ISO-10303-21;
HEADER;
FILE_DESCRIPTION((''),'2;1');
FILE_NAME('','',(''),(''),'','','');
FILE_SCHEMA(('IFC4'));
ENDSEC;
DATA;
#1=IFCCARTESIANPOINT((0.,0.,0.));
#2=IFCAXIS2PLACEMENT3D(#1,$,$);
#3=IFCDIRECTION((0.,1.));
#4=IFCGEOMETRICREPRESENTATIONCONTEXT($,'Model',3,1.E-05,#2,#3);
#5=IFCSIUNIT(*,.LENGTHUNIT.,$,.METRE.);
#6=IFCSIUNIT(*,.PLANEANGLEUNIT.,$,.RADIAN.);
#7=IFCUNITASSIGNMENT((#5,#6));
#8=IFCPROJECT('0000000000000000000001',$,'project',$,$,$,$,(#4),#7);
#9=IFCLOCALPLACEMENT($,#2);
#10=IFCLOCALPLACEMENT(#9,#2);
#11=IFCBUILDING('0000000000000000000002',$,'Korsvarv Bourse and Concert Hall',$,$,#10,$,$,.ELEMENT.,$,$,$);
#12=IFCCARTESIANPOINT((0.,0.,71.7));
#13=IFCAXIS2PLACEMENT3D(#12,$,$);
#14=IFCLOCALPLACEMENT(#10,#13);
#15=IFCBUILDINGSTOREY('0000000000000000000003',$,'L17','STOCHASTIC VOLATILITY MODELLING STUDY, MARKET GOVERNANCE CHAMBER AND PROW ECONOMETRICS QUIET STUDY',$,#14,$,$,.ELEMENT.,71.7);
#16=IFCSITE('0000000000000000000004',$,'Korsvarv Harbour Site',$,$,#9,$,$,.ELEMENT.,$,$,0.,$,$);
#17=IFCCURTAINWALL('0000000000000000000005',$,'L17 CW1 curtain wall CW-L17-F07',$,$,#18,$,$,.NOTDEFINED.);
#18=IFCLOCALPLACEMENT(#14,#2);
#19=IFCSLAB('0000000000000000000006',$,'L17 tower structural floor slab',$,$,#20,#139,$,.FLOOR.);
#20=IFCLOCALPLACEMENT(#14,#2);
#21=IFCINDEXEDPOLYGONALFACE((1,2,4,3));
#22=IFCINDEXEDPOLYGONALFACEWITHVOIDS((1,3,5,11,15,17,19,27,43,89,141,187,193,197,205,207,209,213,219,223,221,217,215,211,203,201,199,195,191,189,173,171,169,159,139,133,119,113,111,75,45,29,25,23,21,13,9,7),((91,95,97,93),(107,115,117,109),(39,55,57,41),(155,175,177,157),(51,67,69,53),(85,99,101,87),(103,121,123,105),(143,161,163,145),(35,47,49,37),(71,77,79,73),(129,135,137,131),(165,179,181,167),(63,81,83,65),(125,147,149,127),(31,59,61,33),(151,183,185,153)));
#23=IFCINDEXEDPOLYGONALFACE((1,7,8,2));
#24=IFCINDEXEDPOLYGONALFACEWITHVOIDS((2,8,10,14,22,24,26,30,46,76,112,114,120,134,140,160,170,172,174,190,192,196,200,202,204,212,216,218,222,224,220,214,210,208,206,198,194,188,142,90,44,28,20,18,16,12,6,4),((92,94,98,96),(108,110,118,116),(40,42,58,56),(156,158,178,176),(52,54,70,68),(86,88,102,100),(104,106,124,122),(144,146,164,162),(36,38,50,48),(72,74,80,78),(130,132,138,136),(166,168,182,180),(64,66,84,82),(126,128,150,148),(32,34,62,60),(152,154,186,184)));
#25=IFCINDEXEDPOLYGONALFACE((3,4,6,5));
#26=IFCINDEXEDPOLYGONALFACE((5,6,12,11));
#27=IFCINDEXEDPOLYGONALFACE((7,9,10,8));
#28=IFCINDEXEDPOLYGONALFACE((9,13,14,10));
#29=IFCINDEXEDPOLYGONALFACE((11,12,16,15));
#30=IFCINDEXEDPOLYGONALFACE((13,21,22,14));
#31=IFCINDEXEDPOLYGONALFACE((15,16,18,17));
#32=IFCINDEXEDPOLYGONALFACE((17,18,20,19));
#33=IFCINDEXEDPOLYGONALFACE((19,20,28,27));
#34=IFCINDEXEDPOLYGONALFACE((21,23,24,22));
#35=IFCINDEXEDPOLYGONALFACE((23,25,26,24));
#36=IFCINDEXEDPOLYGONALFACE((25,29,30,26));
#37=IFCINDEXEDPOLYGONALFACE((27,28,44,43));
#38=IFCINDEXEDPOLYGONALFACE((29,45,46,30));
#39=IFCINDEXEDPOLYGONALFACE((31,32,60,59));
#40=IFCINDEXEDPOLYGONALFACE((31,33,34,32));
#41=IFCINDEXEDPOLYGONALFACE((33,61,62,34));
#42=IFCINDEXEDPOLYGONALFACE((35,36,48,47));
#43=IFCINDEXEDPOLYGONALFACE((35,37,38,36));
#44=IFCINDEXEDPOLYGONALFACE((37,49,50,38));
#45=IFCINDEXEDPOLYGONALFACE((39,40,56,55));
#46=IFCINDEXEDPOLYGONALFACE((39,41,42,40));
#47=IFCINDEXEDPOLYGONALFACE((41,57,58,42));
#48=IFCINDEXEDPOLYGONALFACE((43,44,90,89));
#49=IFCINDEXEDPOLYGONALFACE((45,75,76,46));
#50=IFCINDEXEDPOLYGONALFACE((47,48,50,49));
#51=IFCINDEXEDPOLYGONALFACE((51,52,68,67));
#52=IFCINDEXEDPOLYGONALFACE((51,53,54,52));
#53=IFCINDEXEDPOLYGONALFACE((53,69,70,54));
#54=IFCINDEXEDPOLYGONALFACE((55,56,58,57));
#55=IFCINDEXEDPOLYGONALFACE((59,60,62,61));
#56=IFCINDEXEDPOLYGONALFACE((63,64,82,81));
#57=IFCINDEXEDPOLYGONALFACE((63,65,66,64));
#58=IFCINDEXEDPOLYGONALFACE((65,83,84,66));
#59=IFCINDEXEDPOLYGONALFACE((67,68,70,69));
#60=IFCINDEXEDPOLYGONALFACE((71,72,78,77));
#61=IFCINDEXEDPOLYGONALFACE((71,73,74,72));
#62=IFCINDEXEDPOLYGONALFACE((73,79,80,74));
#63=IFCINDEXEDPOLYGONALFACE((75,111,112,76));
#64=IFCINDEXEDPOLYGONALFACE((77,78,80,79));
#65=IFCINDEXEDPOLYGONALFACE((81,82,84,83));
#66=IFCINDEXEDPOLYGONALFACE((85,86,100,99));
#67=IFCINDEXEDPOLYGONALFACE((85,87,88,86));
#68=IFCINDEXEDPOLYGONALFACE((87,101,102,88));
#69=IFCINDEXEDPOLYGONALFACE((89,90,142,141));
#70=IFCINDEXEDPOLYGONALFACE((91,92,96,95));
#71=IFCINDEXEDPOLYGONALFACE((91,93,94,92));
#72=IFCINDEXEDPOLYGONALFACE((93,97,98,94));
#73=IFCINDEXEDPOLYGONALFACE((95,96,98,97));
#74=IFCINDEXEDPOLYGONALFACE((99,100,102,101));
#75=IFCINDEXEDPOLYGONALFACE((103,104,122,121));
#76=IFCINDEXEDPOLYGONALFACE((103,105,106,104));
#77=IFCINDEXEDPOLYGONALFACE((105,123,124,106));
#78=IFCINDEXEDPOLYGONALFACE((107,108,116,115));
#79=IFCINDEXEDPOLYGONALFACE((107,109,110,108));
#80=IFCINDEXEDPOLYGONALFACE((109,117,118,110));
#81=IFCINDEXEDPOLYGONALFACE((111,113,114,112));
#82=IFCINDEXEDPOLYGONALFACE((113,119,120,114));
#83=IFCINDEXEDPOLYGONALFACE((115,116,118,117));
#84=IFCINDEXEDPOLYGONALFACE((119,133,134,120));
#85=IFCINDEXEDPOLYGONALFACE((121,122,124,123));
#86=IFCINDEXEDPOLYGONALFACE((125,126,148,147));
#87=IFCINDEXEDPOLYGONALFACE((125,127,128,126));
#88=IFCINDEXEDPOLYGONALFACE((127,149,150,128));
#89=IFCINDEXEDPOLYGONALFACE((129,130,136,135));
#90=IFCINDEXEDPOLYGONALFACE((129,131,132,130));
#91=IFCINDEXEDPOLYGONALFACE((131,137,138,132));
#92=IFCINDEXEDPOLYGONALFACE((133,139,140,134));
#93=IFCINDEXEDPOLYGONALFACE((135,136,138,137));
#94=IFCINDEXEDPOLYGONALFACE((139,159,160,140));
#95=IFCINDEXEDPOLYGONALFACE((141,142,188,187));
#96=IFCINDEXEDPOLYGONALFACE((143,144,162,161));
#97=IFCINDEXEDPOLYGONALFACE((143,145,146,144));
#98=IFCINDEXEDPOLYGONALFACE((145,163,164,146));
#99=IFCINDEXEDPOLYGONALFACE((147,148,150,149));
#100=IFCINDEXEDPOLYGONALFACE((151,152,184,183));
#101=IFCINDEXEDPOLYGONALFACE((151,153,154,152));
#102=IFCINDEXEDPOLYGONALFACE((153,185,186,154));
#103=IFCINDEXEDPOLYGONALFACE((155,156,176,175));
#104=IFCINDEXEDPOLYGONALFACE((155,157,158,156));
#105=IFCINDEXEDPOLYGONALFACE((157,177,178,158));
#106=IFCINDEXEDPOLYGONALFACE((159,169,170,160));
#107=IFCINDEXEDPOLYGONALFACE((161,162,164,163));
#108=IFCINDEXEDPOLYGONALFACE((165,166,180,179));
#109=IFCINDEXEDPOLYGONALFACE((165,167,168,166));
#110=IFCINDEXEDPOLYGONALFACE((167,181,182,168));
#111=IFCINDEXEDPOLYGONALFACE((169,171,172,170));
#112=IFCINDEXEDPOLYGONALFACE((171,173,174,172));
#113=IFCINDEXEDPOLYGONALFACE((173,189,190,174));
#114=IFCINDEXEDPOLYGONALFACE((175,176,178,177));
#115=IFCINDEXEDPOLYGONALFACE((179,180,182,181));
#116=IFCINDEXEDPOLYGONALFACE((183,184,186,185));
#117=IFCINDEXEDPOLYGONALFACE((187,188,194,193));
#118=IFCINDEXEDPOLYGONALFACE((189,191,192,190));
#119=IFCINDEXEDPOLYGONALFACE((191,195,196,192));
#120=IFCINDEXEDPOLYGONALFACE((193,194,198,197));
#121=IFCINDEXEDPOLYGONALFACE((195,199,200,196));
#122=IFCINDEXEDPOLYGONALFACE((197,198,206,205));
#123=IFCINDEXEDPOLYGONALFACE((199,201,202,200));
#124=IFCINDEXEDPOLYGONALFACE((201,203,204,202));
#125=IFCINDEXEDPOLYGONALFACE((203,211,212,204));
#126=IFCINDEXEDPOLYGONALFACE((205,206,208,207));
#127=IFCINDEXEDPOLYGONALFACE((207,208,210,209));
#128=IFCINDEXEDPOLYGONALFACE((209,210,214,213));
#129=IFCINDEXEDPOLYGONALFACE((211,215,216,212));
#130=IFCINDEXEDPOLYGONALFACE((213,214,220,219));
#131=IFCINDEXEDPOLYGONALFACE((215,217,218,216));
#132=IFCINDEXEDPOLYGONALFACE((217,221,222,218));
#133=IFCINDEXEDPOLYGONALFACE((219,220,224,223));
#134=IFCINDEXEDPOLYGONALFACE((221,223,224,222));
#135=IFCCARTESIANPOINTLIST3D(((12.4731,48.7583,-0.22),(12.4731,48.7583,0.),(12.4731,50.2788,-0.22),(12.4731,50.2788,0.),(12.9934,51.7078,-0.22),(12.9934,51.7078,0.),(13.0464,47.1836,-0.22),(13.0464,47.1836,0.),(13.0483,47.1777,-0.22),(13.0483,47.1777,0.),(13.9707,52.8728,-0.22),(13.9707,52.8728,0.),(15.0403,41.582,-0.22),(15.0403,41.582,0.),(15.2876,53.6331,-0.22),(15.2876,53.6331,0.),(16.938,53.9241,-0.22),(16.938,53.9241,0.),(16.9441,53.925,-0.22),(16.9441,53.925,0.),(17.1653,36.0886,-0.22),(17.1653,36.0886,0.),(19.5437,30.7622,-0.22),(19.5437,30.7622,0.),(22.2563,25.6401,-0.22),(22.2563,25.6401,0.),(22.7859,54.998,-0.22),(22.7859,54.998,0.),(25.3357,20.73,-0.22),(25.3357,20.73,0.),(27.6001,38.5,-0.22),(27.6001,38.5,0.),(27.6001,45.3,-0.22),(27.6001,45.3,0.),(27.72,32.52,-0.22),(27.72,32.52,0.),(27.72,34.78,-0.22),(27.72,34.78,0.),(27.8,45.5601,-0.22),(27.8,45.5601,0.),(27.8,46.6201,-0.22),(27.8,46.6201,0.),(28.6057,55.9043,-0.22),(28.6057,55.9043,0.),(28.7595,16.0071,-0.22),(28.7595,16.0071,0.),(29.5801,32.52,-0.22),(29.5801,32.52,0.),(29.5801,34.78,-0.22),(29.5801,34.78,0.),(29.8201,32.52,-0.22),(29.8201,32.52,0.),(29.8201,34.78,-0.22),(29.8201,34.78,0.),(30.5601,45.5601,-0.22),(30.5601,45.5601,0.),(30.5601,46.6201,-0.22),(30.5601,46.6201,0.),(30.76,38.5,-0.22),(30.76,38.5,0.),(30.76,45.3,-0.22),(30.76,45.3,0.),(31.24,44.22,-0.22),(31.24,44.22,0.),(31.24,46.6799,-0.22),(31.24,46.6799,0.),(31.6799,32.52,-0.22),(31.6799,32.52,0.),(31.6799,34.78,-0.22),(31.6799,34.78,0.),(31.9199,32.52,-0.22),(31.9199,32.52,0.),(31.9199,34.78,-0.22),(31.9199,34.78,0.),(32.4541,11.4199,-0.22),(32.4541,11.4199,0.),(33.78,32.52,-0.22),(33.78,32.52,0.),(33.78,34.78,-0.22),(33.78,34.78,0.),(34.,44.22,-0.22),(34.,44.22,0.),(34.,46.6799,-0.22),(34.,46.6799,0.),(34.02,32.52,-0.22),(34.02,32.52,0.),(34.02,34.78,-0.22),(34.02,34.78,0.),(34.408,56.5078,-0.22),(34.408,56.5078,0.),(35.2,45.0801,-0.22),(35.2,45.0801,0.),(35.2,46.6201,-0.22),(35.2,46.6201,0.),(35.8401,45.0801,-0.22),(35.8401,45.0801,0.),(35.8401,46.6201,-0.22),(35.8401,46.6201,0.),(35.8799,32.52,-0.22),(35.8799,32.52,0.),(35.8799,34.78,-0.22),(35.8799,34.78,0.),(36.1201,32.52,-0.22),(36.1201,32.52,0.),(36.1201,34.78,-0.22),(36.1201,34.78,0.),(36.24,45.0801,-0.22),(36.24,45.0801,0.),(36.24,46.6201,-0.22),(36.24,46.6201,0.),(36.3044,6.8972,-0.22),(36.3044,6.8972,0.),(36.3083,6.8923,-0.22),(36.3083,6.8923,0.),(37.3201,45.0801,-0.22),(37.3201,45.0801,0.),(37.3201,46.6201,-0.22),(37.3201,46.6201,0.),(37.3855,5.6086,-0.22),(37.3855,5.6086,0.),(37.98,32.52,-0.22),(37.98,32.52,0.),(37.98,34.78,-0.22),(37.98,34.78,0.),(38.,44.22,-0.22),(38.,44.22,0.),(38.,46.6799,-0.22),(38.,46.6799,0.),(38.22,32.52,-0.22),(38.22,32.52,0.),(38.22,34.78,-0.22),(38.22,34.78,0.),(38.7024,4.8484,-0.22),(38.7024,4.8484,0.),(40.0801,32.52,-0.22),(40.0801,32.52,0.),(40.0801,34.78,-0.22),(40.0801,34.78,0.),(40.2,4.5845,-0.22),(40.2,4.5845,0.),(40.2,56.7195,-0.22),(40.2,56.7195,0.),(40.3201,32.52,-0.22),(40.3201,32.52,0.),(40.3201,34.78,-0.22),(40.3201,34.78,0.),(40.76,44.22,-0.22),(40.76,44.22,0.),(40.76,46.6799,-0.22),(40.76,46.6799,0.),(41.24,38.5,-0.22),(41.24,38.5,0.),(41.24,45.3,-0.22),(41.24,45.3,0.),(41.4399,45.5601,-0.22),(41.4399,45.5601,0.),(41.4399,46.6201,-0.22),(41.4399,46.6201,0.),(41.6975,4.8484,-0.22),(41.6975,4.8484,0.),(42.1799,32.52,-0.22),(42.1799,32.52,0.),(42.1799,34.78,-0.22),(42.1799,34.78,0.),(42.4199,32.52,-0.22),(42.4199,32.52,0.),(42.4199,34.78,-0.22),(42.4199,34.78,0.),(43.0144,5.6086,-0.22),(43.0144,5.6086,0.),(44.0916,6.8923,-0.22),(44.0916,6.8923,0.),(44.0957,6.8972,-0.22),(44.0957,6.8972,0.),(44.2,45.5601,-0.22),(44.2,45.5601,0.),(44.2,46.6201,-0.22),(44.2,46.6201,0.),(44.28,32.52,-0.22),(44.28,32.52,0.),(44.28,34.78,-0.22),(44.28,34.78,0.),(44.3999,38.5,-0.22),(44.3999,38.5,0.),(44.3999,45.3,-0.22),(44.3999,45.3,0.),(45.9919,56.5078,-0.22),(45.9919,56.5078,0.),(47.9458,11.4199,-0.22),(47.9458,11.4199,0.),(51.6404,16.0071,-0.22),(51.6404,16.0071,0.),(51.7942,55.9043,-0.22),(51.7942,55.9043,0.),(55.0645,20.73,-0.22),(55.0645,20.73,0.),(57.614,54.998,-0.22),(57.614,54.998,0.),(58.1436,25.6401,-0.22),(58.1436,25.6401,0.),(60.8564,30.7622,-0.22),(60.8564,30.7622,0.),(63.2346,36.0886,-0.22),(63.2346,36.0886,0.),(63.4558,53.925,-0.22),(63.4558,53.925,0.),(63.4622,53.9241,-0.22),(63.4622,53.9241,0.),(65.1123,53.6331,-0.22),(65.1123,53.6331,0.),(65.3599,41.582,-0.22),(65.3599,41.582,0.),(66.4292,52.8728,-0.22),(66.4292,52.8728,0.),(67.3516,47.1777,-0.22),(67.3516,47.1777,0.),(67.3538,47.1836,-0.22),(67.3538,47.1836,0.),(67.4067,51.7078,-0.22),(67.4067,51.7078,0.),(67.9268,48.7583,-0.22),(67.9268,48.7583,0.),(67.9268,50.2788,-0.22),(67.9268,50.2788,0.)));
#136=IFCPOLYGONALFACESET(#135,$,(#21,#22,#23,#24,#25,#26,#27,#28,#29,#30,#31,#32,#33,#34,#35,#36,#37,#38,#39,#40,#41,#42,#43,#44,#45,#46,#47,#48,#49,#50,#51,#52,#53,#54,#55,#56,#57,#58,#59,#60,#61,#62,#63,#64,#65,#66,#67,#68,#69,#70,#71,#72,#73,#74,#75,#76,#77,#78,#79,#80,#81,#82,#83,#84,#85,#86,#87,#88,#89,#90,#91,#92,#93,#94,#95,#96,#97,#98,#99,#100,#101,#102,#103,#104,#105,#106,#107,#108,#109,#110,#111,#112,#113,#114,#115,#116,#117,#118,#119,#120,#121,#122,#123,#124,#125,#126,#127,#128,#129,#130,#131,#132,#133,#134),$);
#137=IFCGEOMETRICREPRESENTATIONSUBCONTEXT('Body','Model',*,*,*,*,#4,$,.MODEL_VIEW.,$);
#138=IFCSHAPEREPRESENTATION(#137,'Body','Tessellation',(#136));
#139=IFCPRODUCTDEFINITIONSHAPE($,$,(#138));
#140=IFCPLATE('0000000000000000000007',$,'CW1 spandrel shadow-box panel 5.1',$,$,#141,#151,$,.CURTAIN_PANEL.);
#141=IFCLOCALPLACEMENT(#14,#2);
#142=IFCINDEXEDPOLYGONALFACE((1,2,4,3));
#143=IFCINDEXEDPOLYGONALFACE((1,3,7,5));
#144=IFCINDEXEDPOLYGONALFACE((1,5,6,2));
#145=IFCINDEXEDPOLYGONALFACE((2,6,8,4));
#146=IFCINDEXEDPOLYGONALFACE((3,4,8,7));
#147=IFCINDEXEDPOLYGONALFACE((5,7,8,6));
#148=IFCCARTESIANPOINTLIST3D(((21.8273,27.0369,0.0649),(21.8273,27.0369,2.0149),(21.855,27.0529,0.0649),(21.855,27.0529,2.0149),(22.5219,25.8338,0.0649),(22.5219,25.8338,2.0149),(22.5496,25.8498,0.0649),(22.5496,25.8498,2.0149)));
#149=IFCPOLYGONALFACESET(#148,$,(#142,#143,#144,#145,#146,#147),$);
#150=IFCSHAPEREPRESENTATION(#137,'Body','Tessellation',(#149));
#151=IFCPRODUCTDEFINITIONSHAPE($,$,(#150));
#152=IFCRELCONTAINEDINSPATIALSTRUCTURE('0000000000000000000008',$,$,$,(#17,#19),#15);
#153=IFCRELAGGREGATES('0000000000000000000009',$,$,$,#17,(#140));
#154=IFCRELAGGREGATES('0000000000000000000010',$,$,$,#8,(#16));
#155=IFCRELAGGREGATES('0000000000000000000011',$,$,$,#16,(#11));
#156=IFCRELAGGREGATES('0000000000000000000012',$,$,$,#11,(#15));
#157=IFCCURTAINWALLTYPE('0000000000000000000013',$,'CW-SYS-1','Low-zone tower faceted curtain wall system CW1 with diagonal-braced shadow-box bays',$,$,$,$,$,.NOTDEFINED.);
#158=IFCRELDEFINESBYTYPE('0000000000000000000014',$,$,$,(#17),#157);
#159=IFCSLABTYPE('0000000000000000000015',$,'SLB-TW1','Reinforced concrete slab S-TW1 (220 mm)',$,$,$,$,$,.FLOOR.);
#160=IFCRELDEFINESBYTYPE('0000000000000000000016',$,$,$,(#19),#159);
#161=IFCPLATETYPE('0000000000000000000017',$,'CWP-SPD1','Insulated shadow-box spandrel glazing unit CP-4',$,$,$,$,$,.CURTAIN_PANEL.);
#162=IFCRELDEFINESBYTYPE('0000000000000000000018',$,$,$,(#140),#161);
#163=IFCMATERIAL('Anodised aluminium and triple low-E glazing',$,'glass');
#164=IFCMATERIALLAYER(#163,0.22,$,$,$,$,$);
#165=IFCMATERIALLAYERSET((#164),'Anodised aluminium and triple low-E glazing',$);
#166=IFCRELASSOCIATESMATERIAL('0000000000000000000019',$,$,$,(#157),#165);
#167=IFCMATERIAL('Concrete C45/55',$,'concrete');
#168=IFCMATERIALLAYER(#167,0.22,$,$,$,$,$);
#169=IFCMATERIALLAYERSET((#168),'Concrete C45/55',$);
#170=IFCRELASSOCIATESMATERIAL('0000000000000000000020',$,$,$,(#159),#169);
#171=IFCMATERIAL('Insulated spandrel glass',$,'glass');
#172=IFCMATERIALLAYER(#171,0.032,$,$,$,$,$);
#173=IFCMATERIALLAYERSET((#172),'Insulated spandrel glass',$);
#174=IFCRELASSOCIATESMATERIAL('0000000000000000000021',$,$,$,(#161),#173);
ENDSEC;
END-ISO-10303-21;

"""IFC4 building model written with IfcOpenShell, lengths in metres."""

from ifc_helpers import new_model, si_unit, direction, frame, origin, origin_2d, place, context, subcontext, project, spatial, polyline, rectangle, outline, extrude, source, transform, mapped, material, layer, layer_set, type_object, element, aggregate, save


model = new_model("IFC4")

# Units and contexts
model_context = context("Model", 3, precision=1e-05, world=origin(), true_north=direction((0.0, 1.0)))
body_context = subcontext(model_context, "Body", "Model", "MODEL_VIEW")
ifc_project = project(units=[si_unit("LENGTHUNIT", "METRE"), si_unit("PLANEANGLEUNIT", "RADIAN")], contexts=[model_context])

# Site, building, storey
site_placement = place(None, origin())
site = spatial("IfcSite", under=ifc_project, at=site_placement, Name="Korsvarv Harbour Site", CompositionType="ELEMENT", RefElevation=0.0)
building_placement = place(site_placement, origin())
building = spatial("IfcBuilding", under=site, at=building_placement, Name="Korsvarv Bourse and Concert Hall", CompositionType="ELEMENT")
storey_placement = place(building_placement, frame((0.0, 0.0, 71.7)))
storey = spatial("IfcBuildingStorey", under=building, at=storey_placement, Name="L17", Description="STOCHASTIC VOLATILITY MODELLING STUDY, MARKET GOVERNANCE CHAMBER AND PROW ECONOMETRICS QUIET STUDY", CompositionType="ELEMENT", Elevation=71.7)

# Curtain wall
ifc_material_1 = material(Name="Anodised aluminium and triple low-E glazing", Category="glass")
ifc_layer_1 = layer(ifc_material_1, 0.22)
ifc_layer_set_1 = layer_set([ifc_layer_1], Name="Anodised aluminium and triple low-E glazing")
curtain_wall_type = type_object("IfcCurtainWallType", Name="CW-SYS-1", Description="Low-zone tower faceted curtain wall system CW1 with diagonal-braced shadow-box bays", PredefinedType="NOTDEFINED", material=ifc_layer_set_1)
curtain_wall_placement = place(storey_placement, origin())
curtain_wall = element("IfcCurtainWall", 1, at=curtain_wall_placement, inside=storey, type_object=curtain_wall_type, Name="L17 CW1 curtain wall CW-L17-F07", PredefinedType="NOTDEFINED")

# Slab
ifc_material_2 = material(Name="Concrete C45/55", Category="concrete")
ifc_layer_2 = layer(ifc_material_2, 0.22)
ifc_layer_set_2 = layer_set([ifc_layer_2], Name="Concrete C45/55")
slab_type_1 = type_object("IfcSlabType", Name="SLB-TW1", Description="Reinforced concrete slab S-TW1 (220 mm)", PredefinedType="FLOOR", material=ifc_layer_set_2)
slab_1_placement = place(storey_placement, frame((0.0, 0.0, -0.22)))
element("IfcSlab", 2, at=slab_1_placement, inside=storey, type_object=slab_type_1, Name="L17 tower structural floor slab", PredefinedType="FLOOR", context=body_context, shape_type="SweptSolid", body=[
    extrude(outline(polyline([(67.3516, 47.1777), (65.3599, 41.582), (63.2346, 36.0886), (60.8564, 30.7622), (58.1436, 25.6401), (55.0645, 20.73), (51.6404, 16.0071), (47.9458, 11.4199), (44.0957, 6.8972), (44.0916, 6.8923), (43.0144, 5.6086), (41.6975, 4.8484), (40.2, 4.5845), (38.7024, 4.8484), (37.3855, 5.6086), (36.3083, 6.8923), (36.3044, 6.8972), (32.4541, 11.4199), (28.7595, 16.0071), (25.3357, 20.73), (22.2563, 25.6401), (19.5437, 30.7622), (17.1653, 36.0886), (15.0403, 41.582), (13.0483, 47.1777), (13.0464, 47.1836), (12.4731, 48.7583), (12.4731, 50.2788), (12.9934, 51.7078), (13.9707, 52.8728), (15.2876, 53.6331), (16.938, 53.9241), (16.9441, 53.925), (22.7859, 54.998), (28.6057, 55.9043), (34.408, 56.5078), (40.2, 56.7195), (45.9919, 56.5078), (51.7942, 55.9043), (57.614, 54.998), (63.4558, 53.925), (63.4622, 53.9241), (65.1123, 53.6331), (66.4292, 52.8728), (67.4067, 51.7078), (67.9268, 50.2788), (67.9268, 48.7583), (67.3538, 47.1836), (67.3516, 47.1777)]), holes=[polyline([(30.76, 38.5), (30.76, 45.3), (27.6001, 45.3), (27.6001, 38.5), (30.76, 38.5)]), polyline([(44.3999, 38.5), (44.3999, 45.3), (41.24, 45.3), (41.24, 38.5), (44.3999, 38.5)]), polyline([(31.24, 44.22), (34.0, 44.22), (34.0, 46.6799), (31.24, 46.6799), (31.24, 44.22)]), polyline([(38.0, 44.22), (40.76, 44.22), (40.76, 46.6799), (38.0, 46.6799), (38.0, 44.22)]), polyline([(27.72, 32.52), (29.5801, 32.52), (29.5801, 34.78), (27.72, 34.78), (27.72, 32.52)]), polyline([(29.8201, 32.52), (31.6799, 32.52), (31.6799, 34.78), (29.8201, 34.78), (29.8201, 32.52)]), polyline([(31.9199, 32.52), (33.78, 32.52), (33.78, 34.78), (31.9199, 34.78), (31.9199, 32.52)]), polyline([(34.02, 32.52), (35.8799, 32.52), (35.8799, 34.78), (34.02, 34.78), (34.02, 32.52)]), polyline([(36.1201, 32.52), (37.98, 32.52), (37.98, 34.78), (36.1201, 34.78), (36.1201, 32.52)]), polyline([(38.22, 32.52), (40.0801, 32.52), (40.0801, 34.78), (38.22, 34.78), (38.22, 32.52)]), polyline([(40.3201, 32.52), (42.1799, 32.52), (42.1799, 34.78), (40.3201, 34.78), (40.3201, 32.52)]), polyline([(42.4199, 32.52), (44.28, 32.52), (44.28, 34.78), (42.4199, 34.78), (42.4199, 32.52)]), polyline([(27.8, 45.5601), (30.5601, 45.5601), (30.5601, 46.6201), (27.8, 46.6201), (27.8, 45.5601)]), polyline([(41.4399, 45.5601), (44.2, 45.5601), (44.2, 46.6201), (41.4399, 46.6201), (41.4399, 45.5601)]), polyline([(35.2, 45.0801), (35.8401, 45.0801), (35.8401, 46.6201), (35.2, 46.6201), (35.2, 45.0801)]), polyline([(36.24, 45.0801), (37.3201, 45.0801), (37.3201, 46.6201), (36.24, 46.6201), (36.24, 45.0801)])]), origin(), (0.0, 0.0, 1.0), 0.22),
])

# Plate
ifc_material_3 = material(Name="Insulated spandrel glass", Category="glass")
ifc_layer_3 = layer(ifc_material_3, 0.032)
ifc_layer_set_3 = layer_set([ifc_layer_3], Name="Insulated spandrel glass")
plate_type = type_object("IfcPlateType", Name="CWP-SPD1", Description="Insulated shadow-box spandrel glazing unit CP-4", PredefinedType="CURTAIN_PANEL", material=ifc_layer_set_3)
shared_shape_1 = source(origin(), body_context, "Body", "SweptSolid", [
    extrude(rectangle(XDim=1.3892, YDim=0.032, at=origin_2d()), origin(), (0.0, 0.0, 1.0), 1.95),
])
plate_placement = place(storey_placement, frame((22.1885, 26.4434, 0.0649), z_axis=(0.0, 0.0, 1.0), x_axis=(0.500006, -0.866022, 0.0)))
plate = element("IfcPlate", 3, at=plate_placement, type_object=plate_type, Name="CW1 spandrel shadow-box panel 5.1", PredefinedType="CURTAIN_PANEL", context=body_context, shape_type="MappedRepresentation", body=[
    mapped(shared_shape_1, transform((0.0, 0.0, 0.0), scale=1.0)),
])
aggregate(curtain_wall, [plate])

save(model, "model.ifc")
